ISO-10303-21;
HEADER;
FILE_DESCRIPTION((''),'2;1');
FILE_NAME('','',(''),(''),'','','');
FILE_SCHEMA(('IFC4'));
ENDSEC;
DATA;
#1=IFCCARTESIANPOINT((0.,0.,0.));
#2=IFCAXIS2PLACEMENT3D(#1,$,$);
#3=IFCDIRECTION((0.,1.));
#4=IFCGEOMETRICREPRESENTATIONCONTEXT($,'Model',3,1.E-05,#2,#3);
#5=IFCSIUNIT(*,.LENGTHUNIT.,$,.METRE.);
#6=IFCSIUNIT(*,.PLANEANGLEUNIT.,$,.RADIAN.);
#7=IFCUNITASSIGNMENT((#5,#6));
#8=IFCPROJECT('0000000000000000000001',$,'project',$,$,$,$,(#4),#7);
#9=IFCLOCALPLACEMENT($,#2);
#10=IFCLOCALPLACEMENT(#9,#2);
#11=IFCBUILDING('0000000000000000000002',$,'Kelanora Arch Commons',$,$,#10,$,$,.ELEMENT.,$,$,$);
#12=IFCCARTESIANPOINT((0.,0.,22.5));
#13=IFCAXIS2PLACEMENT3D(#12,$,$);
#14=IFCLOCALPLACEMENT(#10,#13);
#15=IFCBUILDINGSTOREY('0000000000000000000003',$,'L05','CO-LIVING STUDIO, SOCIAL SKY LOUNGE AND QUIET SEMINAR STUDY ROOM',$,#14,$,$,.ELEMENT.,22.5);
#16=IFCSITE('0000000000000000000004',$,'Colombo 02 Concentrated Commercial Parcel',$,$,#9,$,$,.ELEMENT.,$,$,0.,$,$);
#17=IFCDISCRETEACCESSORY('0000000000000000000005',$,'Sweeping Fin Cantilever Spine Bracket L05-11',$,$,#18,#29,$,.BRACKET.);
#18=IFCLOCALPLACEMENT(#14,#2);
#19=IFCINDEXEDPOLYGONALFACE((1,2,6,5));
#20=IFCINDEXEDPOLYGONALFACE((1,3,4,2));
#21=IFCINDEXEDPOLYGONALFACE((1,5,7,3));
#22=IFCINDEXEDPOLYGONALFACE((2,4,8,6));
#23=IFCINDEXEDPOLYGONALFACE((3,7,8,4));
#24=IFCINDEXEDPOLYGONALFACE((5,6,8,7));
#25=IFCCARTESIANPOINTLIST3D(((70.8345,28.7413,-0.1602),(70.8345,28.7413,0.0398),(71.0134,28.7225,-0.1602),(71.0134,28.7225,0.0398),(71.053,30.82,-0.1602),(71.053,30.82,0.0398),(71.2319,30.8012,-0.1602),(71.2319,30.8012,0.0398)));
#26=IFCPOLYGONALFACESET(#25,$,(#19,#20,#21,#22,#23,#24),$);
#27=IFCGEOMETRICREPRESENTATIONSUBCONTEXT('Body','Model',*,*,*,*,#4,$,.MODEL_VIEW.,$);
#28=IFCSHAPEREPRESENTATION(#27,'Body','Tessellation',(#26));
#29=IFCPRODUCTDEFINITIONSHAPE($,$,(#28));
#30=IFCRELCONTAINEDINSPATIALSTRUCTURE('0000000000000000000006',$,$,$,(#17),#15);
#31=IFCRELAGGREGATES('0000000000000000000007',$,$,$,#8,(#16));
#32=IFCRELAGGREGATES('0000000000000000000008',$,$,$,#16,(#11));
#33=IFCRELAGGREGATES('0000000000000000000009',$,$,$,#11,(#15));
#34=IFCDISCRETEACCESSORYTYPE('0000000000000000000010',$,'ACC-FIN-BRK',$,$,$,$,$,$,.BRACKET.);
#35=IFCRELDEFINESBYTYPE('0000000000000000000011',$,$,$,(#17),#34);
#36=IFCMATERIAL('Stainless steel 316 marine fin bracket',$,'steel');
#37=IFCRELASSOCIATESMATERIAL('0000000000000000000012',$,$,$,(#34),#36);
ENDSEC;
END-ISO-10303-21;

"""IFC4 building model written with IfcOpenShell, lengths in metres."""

from ifc_helpers import new_model, si_unit, direction, frame, origin, origin_2d, place, context, subcontext, project, spatial, rectangle, extrude, source, transform, mapped, material, type_object, element, save


model = new_model("IFC4")

# Units and contexts
model_context = context("Model", 3, precision=1e-05, world=origin(), true_north=direction((0.0, 1.0)))
body_context = subcontext(model_context, "Body", "Model", "MODEL_VIEW")
ifc_project = project(units=[si_unit("LENGTHUNIT", "METRE"), si_unit("PLANEANGLEUNIT", "RADIAN")], contexts=[model_context])

# Site, building, storey
site_placement = place(None, origin())
site = spatial("IfcSite", under=ifc_project, at=site_placement, Name="Colombo 02 Concentrated Commercial Parcel", CompositionType="ELEMENT", RefElevation=0.0)
building_placement = place(site_placement, origin())
building = spatial("IfcBuilding", under=site, at=building_placement, Name="Kelanora Arch Commons", CompositionType="ELEMENT")
storey_placement = place(building_placement, frame((0.0, 0.0, 22.5)))
storey = spatial("IfcBuildingStorey", under=building, at=storey_placement, Name="L05", Description="CO-LIVING STUDIO, SOCIAL SKY LOUNGE AND QUIET SEMINAR STUDY ROOM", CompositionType="ELEMENT", Elevation=22.5)

# Discrete accessory
ifc_material_1 = material(Name="Stainless steel 316 marine fin bracket", Category="steel")
discrete_accessory_type = type_object("IfcDiscreteAccessoryType", Name="ACC-FIN-BRK", PredefinedType="BRACKET", material=ifc_material_1)
shared_shape_1 = source(origin(), body_context, "Body", "SweptSolid", [
    extrude(rectangle(XDim=2.0901, YDim=0.1799, at=origin_2d()), origin(), (0.0, 0.0, 1.0), 0.2),
])
discrete_accessory_placement = place(storey_placement, frame((71.0332, 29.7712, -0.1602), z_axis=(0.0, 0.0, 1.0), x_axis=(-0.104528, -0.994522, 0.0)))
element("IfcDiscreteAccessory", 1, at=discrete_accessory_placement, inside=storey, type_object=discrete_accessory_type, Name="Sweeping Fin Cantilever Spine Bracket L05-11", PredefinedType="BRACKET", context=body_context, shape_type="MappedRepresentation", body=[
    mapped(shared_shape_1, transform((0.0, 0.0, 0.0), scale=1.0)),
])

save(model, "model.ifc")
